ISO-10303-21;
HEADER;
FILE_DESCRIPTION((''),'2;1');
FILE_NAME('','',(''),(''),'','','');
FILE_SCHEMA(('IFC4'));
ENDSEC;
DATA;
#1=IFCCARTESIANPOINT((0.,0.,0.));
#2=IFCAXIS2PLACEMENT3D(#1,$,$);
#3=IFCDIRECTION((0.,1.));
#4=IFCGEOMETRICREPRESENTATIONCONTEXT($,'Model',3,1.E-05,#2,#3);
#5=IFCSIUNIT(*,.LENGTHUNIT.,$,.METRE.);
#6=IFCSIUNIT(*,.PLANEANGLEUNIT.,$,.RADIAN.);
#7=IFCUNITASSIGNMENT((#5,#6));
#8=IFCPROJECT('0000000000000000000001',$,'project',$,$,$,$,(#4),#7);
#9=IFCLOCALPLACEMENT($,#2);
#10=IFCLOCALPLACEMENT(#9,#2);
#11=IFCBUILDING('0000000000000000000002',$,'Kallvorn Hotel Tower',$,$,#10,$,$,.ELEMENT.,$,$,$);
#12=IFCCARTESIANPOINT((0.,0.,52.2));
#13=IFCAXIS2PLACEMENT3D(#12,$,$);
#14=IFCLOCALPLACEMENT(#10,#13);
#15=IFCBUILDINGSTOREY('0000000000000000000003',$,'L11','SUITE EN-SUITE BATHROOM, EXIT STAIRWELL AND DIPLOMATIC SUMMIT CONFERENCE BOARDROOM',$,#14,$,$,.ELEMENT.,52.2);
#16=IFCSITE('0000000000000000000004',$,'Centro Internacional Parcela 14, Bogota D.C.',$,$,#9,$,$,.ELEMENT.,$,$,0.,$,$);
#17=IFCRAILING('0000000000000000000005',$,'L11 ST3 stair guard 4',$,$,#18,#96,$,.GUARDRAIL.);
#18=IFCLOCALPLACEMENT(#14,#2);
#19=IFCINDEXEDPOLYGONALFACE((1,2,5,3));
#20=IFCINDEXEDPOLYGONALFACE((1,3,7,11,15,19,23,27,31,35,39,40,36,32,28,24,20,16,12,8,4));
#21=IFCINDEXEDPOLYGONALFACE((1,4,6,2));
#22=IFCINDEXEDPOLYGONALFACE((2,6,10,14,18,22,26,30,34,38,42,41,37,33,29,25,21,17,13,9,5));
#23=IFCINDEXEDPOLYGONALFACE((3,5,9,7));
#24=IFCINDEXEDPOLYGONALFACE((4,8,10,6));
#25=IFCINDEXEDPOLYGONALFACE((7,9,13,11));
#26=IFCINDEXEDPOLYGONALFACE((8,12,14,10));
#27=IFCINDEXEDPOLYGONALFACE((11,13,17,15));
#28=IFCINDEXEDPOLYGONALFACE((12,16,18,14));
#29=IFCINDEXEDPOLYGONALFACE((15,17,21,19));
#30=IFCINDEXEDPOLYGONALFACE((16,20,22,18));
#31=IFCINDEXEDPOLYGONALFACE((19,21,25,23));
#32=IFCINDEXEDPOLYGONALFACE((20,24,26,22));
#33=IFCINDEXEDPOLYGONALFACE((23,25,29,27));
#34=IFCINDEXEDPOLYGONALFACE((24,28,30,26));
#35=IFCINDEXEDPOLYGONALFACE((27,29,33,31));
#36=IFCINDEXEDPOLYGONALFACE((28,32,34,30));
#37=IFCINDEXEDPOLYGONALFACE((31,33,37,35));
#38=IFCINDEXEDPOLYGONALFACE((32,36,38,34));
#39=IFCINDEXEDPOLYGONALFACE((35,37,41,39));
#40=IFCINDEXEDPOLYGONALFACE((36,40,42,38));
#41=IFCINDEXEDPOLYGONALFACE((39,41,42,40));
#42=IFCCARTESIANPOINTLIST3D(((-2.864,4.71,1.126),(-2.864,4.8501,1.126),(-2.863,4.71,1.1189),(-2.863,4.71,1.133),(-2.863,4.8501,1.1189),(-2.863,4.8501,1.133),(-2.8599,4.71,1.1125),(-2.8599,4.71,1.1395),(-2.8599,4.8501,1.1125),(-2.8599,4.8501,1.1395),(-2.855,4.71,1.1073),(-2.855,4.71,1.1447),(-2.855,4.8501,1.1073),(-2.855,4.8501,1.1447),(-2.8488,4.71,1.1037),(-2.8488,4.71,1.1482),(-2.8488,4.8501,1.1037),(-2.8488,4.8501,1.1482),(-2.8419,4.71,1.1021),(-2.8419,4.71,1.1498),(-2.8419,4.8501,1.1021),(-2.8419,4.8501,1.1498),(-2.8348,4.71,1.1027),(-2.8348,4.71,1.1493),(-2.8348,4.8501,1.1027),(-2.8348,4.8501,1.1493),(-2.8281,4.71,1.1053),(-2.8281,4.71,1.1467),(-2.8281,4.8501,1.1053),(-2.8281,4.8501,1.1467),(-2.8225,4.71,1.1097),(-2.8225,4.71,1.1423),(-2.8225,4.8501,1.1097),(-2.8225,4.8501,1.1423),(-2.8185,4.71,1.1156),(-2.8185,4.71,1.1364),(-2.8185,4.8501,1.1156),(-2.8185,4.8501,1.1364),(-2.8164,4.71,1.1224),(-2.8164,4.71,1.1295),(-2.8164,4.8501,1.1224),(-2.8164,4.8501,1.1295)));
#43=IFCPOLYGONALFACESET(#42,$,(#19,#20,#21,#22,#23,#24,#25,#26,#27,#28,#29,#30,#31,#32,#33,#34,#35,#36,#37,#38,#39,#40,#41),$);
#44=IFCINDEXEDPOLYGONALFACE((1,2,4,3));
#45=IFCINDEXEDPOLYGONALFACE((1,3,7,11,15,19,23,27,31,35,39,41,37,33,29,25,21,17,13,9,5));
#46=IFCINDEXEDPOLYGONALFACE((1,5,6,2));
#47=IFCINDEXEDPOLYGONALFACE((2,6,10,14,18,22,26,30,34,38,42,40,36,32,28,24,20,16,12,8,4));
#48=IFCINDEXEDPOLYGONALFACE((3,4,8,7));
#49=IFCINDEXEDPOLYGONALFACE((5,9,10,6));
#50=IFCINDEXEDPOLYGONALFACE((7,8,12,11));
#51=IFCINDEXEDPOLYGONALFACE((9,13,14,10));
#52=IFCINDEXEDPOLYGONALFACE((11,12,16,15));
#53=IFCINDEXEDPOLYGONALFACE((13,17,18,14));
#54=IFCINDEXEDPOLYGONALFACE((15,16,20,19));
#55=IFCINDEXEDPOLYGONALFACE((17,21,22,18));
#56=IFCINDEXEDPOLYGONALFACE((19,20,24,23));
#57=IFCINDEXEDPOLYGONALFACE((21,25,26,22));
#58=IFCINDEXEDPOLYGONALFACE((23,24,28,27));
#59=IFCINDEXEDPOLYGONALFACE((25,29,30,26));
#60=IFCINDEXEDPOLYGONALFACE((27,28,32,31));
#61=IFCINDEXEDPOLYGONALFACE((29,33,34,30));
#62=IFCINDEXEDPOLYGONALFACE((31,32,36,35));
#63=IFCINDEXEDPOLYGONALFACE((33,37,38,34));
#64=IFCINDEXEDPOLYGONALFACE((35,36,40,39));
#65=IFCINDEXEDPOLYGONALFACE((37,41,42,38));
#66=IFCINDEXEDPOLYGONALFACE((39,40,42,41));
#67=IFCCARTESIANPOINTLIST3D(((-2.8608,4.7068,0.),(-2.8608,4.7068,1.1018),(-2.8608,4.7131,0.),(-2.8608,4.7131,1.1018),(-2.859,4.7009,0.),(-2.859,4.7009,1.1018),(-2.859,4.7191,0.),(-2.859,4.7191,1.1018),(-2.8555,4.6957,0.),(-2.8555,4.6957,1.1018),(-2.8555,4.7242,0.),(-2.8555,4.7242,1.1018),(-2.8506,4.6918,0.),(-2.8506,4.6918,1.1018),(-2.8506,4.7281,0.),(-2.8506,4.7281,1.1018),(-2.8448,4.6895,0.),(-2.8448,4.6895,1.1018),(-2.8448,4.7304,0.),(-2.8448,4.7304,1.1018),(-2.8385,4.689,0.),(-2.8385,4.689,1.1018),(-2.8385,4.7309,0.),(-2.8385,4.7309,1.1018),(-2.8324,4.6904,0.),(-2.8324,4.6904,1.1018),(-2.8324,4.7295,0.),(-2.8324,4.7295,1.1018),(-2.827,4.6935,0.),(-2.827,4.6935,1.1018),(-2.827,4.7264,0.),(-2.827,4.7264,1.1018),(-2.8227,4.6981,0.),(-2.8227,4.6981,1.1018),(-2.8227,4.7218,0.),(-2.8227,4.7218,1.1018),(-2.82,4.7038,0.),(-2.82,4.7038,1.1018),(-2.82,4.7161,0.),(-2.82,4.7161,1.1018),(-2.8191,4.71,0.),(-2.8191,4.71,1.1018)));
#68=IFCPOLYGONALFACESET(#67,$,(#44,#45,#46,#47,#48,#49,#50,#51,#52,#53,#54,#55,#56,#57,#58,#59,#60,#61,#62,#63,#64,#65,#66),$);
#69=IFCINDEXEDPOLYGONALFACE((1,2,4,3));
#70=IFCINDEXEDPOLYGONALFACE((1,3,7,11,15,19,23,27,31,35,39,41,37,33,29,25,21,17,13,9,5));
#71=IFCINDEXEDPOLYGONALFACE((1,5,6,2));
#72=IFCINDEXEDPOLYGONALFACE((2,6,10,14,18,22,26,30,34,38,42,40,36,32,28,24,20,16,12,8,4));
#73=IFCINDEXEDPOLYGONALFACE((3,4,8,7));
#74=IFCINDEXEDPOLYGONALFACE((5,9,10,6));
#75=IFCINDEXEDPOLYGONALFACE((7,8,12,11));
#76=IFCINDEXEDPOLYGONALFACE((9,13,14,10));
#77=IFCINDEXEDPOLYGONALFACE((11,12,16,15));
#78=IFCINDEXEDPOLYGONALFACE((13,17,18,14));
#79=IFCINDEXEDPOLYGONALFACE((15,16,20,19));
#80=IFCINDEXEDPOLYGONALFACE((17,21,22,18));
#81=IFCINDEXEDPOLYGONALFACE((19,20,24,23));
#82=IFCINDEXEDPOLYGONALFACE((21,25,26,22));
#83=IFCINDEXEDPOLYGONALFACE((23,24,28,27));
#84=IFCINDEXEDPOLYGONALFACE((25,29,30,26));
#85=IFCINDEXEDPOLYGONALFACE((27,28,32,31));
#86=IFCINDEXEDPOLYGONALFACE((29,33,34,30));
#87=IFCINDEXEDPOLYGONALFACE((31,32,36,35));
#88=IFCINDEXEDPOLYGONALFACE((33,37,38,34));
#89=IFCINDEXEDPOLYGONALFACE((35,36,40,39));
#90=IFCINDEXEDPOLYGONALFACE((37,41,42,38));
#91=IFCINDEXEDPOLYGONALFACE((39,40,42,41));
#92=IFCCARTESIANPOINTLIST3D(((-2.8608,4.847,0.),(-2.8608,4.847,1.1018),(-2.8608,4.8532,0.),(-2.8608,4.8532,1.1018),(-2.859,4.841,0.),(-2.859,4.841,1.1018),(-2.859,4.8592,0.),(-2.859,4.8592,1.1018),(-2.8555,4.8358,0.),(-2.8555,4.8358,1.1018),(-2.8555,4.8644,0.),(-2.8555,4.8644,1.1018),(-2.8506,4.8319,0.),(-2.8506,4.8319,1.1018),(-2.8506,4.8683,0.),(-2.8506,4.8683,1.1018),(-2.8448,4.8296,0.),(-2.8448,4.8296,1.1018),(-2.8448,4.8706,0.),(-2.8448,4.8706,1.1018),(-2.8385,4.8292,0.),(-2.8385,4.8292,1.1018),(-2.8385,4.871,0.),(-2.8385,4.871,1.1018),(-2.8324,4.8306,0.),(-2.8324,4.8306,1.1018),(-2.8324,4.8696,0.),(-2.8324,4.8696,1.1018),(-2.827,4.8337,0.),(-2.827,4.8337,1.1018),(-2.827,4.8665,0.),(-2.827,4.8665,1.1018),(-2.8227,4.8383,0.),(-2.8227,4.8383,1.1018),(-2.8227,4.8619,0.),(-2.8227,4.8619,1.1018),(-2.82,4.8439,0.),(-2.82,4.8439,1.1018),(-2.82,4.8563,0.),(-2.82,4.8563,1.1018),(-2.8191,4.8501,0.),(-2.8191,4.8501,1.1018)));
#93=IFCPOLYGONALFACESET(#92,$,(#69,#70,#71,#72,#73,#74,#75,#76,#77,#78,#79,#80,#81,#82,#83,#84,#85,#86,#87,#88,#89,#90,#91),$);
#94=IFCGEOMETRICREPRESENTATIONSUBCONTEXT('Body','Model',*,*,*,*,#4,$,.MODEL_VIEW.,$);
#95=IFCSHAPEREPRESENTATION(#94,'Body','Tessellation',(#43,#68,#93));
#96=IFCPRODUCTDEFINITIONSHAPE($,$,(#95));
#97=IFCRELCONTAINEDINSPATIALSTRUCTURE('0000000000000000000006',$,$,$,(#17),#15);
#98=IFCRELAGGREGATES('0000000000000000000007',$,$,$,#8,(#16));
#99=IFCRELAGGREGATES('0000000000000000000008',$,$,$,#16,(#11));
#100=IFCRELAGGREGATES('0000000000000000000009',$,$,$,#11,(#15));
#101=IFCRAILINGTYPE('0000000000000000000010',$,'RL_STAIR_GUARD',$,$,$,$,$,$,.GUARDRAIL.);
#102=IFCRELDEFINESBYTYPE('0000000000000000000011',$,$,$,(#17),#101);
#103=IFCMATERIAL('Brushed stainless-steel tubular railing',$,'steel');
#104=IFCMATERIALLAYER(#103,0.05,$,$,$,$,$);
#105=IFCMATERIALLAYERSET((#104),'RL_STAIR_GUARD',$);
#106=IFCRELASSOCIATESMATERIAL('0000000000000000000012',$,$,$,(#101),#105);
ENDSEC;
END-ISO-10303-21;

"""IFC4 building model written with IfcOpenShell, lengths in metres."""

from ifc_helpers import new_model, si_unit, direction, frame, origin, origin_2d, place, context, subcontext, project, spatial, circle, extrude, material, layer, layer_set, type_object, element, save


model = new_model("IFC4")

# Units and contexts
model_context = context("Model", 3, precision=1e-05, world=origin(), true_north=direction((0.0, 1.0)))
body_context = subcontext(model_context, "Body", "Model", "MODEL_VIEW")
ifc_project = project(units=[si_unit("LENGTHUNIT", "METRE"), si_unit("PLANEANGLEUNIT", "RADIAN")], contexts=[model_context])

# Site, building, storey
site_placement = place(None, origin())
site = spatial("IfcSite", under=ifc_project, at=site_placement, Name="Centro Internacional Parcela 14, Bogota D.C.", CompositionType="ELEMENT", RefElevation=0.0)
building_placement = place(site_placement, origin())
building = spatial("IfcBuilding", under=site, at=building_placement, Name="Kallvorn Hotel Tower", CompositionType="ELEMENT")
storey_placement = place(building_placement, frame((0.0, 0.0, 52.2)))
storey = spatial("IfcBuildingStorey", under=building, at=storey_placement, Name="L11", Description="SUITE EN-SUITE BATHROOM, EXIT STAIRWELL AND DIPLOMATIC SUMMIT CONFERENCE BOARDROOM", CompositionType="ELEMENT", Elevation=52.2)

# Railing
ifc_material_1 = material(Name="Brushed stainless-steel tubular railing", Category="steel")
ifc_layer_1 = layer(ifc_material_1, 0.05)
ifc_layer_set_1 = layer_set([ifc_layer_1], Name="RL_STAIR_GUARD")
railing_type_1 = type_object("IfcRailingType", Name="RL_STAIR_GUARD", PredefinedType="GUARDRAIL", material=ifc_layer_set_1)
railing_1_placement = place(storey_placement, frame((-2.8401, 4.71, 0.0)))
element("IfcRailing", 1, at=railing_1_placement, inside=storey, type_object=railing_type_1, Name="L11 ST3 stair guard 4", PredefinedType="GUARDRAIL", context=body_context, shape_type="SweptSolid", body=[
    extrude(circle(Radius=0.0239, at=origin_2d()), frame((0.0, 0.0, 1.126), z_axis=(0.0, 1.0, 0.0), x_axis=(-1.0, 0.0, 0.0)), (0.0, 0.0, 1.0), 0.1401),
    extrude(circle(Radius=0.021, at=origin_2d()), origin(), (0.0, 0.0, 1.0), 1.1018),
    extrude(circle(Radius=0.021, at=origin_2d()), frame((0.0, 0.1401, 0.0)), (0.0, 0.0, 1.0), 1.1018),
])

save(model, "model.ifc")
